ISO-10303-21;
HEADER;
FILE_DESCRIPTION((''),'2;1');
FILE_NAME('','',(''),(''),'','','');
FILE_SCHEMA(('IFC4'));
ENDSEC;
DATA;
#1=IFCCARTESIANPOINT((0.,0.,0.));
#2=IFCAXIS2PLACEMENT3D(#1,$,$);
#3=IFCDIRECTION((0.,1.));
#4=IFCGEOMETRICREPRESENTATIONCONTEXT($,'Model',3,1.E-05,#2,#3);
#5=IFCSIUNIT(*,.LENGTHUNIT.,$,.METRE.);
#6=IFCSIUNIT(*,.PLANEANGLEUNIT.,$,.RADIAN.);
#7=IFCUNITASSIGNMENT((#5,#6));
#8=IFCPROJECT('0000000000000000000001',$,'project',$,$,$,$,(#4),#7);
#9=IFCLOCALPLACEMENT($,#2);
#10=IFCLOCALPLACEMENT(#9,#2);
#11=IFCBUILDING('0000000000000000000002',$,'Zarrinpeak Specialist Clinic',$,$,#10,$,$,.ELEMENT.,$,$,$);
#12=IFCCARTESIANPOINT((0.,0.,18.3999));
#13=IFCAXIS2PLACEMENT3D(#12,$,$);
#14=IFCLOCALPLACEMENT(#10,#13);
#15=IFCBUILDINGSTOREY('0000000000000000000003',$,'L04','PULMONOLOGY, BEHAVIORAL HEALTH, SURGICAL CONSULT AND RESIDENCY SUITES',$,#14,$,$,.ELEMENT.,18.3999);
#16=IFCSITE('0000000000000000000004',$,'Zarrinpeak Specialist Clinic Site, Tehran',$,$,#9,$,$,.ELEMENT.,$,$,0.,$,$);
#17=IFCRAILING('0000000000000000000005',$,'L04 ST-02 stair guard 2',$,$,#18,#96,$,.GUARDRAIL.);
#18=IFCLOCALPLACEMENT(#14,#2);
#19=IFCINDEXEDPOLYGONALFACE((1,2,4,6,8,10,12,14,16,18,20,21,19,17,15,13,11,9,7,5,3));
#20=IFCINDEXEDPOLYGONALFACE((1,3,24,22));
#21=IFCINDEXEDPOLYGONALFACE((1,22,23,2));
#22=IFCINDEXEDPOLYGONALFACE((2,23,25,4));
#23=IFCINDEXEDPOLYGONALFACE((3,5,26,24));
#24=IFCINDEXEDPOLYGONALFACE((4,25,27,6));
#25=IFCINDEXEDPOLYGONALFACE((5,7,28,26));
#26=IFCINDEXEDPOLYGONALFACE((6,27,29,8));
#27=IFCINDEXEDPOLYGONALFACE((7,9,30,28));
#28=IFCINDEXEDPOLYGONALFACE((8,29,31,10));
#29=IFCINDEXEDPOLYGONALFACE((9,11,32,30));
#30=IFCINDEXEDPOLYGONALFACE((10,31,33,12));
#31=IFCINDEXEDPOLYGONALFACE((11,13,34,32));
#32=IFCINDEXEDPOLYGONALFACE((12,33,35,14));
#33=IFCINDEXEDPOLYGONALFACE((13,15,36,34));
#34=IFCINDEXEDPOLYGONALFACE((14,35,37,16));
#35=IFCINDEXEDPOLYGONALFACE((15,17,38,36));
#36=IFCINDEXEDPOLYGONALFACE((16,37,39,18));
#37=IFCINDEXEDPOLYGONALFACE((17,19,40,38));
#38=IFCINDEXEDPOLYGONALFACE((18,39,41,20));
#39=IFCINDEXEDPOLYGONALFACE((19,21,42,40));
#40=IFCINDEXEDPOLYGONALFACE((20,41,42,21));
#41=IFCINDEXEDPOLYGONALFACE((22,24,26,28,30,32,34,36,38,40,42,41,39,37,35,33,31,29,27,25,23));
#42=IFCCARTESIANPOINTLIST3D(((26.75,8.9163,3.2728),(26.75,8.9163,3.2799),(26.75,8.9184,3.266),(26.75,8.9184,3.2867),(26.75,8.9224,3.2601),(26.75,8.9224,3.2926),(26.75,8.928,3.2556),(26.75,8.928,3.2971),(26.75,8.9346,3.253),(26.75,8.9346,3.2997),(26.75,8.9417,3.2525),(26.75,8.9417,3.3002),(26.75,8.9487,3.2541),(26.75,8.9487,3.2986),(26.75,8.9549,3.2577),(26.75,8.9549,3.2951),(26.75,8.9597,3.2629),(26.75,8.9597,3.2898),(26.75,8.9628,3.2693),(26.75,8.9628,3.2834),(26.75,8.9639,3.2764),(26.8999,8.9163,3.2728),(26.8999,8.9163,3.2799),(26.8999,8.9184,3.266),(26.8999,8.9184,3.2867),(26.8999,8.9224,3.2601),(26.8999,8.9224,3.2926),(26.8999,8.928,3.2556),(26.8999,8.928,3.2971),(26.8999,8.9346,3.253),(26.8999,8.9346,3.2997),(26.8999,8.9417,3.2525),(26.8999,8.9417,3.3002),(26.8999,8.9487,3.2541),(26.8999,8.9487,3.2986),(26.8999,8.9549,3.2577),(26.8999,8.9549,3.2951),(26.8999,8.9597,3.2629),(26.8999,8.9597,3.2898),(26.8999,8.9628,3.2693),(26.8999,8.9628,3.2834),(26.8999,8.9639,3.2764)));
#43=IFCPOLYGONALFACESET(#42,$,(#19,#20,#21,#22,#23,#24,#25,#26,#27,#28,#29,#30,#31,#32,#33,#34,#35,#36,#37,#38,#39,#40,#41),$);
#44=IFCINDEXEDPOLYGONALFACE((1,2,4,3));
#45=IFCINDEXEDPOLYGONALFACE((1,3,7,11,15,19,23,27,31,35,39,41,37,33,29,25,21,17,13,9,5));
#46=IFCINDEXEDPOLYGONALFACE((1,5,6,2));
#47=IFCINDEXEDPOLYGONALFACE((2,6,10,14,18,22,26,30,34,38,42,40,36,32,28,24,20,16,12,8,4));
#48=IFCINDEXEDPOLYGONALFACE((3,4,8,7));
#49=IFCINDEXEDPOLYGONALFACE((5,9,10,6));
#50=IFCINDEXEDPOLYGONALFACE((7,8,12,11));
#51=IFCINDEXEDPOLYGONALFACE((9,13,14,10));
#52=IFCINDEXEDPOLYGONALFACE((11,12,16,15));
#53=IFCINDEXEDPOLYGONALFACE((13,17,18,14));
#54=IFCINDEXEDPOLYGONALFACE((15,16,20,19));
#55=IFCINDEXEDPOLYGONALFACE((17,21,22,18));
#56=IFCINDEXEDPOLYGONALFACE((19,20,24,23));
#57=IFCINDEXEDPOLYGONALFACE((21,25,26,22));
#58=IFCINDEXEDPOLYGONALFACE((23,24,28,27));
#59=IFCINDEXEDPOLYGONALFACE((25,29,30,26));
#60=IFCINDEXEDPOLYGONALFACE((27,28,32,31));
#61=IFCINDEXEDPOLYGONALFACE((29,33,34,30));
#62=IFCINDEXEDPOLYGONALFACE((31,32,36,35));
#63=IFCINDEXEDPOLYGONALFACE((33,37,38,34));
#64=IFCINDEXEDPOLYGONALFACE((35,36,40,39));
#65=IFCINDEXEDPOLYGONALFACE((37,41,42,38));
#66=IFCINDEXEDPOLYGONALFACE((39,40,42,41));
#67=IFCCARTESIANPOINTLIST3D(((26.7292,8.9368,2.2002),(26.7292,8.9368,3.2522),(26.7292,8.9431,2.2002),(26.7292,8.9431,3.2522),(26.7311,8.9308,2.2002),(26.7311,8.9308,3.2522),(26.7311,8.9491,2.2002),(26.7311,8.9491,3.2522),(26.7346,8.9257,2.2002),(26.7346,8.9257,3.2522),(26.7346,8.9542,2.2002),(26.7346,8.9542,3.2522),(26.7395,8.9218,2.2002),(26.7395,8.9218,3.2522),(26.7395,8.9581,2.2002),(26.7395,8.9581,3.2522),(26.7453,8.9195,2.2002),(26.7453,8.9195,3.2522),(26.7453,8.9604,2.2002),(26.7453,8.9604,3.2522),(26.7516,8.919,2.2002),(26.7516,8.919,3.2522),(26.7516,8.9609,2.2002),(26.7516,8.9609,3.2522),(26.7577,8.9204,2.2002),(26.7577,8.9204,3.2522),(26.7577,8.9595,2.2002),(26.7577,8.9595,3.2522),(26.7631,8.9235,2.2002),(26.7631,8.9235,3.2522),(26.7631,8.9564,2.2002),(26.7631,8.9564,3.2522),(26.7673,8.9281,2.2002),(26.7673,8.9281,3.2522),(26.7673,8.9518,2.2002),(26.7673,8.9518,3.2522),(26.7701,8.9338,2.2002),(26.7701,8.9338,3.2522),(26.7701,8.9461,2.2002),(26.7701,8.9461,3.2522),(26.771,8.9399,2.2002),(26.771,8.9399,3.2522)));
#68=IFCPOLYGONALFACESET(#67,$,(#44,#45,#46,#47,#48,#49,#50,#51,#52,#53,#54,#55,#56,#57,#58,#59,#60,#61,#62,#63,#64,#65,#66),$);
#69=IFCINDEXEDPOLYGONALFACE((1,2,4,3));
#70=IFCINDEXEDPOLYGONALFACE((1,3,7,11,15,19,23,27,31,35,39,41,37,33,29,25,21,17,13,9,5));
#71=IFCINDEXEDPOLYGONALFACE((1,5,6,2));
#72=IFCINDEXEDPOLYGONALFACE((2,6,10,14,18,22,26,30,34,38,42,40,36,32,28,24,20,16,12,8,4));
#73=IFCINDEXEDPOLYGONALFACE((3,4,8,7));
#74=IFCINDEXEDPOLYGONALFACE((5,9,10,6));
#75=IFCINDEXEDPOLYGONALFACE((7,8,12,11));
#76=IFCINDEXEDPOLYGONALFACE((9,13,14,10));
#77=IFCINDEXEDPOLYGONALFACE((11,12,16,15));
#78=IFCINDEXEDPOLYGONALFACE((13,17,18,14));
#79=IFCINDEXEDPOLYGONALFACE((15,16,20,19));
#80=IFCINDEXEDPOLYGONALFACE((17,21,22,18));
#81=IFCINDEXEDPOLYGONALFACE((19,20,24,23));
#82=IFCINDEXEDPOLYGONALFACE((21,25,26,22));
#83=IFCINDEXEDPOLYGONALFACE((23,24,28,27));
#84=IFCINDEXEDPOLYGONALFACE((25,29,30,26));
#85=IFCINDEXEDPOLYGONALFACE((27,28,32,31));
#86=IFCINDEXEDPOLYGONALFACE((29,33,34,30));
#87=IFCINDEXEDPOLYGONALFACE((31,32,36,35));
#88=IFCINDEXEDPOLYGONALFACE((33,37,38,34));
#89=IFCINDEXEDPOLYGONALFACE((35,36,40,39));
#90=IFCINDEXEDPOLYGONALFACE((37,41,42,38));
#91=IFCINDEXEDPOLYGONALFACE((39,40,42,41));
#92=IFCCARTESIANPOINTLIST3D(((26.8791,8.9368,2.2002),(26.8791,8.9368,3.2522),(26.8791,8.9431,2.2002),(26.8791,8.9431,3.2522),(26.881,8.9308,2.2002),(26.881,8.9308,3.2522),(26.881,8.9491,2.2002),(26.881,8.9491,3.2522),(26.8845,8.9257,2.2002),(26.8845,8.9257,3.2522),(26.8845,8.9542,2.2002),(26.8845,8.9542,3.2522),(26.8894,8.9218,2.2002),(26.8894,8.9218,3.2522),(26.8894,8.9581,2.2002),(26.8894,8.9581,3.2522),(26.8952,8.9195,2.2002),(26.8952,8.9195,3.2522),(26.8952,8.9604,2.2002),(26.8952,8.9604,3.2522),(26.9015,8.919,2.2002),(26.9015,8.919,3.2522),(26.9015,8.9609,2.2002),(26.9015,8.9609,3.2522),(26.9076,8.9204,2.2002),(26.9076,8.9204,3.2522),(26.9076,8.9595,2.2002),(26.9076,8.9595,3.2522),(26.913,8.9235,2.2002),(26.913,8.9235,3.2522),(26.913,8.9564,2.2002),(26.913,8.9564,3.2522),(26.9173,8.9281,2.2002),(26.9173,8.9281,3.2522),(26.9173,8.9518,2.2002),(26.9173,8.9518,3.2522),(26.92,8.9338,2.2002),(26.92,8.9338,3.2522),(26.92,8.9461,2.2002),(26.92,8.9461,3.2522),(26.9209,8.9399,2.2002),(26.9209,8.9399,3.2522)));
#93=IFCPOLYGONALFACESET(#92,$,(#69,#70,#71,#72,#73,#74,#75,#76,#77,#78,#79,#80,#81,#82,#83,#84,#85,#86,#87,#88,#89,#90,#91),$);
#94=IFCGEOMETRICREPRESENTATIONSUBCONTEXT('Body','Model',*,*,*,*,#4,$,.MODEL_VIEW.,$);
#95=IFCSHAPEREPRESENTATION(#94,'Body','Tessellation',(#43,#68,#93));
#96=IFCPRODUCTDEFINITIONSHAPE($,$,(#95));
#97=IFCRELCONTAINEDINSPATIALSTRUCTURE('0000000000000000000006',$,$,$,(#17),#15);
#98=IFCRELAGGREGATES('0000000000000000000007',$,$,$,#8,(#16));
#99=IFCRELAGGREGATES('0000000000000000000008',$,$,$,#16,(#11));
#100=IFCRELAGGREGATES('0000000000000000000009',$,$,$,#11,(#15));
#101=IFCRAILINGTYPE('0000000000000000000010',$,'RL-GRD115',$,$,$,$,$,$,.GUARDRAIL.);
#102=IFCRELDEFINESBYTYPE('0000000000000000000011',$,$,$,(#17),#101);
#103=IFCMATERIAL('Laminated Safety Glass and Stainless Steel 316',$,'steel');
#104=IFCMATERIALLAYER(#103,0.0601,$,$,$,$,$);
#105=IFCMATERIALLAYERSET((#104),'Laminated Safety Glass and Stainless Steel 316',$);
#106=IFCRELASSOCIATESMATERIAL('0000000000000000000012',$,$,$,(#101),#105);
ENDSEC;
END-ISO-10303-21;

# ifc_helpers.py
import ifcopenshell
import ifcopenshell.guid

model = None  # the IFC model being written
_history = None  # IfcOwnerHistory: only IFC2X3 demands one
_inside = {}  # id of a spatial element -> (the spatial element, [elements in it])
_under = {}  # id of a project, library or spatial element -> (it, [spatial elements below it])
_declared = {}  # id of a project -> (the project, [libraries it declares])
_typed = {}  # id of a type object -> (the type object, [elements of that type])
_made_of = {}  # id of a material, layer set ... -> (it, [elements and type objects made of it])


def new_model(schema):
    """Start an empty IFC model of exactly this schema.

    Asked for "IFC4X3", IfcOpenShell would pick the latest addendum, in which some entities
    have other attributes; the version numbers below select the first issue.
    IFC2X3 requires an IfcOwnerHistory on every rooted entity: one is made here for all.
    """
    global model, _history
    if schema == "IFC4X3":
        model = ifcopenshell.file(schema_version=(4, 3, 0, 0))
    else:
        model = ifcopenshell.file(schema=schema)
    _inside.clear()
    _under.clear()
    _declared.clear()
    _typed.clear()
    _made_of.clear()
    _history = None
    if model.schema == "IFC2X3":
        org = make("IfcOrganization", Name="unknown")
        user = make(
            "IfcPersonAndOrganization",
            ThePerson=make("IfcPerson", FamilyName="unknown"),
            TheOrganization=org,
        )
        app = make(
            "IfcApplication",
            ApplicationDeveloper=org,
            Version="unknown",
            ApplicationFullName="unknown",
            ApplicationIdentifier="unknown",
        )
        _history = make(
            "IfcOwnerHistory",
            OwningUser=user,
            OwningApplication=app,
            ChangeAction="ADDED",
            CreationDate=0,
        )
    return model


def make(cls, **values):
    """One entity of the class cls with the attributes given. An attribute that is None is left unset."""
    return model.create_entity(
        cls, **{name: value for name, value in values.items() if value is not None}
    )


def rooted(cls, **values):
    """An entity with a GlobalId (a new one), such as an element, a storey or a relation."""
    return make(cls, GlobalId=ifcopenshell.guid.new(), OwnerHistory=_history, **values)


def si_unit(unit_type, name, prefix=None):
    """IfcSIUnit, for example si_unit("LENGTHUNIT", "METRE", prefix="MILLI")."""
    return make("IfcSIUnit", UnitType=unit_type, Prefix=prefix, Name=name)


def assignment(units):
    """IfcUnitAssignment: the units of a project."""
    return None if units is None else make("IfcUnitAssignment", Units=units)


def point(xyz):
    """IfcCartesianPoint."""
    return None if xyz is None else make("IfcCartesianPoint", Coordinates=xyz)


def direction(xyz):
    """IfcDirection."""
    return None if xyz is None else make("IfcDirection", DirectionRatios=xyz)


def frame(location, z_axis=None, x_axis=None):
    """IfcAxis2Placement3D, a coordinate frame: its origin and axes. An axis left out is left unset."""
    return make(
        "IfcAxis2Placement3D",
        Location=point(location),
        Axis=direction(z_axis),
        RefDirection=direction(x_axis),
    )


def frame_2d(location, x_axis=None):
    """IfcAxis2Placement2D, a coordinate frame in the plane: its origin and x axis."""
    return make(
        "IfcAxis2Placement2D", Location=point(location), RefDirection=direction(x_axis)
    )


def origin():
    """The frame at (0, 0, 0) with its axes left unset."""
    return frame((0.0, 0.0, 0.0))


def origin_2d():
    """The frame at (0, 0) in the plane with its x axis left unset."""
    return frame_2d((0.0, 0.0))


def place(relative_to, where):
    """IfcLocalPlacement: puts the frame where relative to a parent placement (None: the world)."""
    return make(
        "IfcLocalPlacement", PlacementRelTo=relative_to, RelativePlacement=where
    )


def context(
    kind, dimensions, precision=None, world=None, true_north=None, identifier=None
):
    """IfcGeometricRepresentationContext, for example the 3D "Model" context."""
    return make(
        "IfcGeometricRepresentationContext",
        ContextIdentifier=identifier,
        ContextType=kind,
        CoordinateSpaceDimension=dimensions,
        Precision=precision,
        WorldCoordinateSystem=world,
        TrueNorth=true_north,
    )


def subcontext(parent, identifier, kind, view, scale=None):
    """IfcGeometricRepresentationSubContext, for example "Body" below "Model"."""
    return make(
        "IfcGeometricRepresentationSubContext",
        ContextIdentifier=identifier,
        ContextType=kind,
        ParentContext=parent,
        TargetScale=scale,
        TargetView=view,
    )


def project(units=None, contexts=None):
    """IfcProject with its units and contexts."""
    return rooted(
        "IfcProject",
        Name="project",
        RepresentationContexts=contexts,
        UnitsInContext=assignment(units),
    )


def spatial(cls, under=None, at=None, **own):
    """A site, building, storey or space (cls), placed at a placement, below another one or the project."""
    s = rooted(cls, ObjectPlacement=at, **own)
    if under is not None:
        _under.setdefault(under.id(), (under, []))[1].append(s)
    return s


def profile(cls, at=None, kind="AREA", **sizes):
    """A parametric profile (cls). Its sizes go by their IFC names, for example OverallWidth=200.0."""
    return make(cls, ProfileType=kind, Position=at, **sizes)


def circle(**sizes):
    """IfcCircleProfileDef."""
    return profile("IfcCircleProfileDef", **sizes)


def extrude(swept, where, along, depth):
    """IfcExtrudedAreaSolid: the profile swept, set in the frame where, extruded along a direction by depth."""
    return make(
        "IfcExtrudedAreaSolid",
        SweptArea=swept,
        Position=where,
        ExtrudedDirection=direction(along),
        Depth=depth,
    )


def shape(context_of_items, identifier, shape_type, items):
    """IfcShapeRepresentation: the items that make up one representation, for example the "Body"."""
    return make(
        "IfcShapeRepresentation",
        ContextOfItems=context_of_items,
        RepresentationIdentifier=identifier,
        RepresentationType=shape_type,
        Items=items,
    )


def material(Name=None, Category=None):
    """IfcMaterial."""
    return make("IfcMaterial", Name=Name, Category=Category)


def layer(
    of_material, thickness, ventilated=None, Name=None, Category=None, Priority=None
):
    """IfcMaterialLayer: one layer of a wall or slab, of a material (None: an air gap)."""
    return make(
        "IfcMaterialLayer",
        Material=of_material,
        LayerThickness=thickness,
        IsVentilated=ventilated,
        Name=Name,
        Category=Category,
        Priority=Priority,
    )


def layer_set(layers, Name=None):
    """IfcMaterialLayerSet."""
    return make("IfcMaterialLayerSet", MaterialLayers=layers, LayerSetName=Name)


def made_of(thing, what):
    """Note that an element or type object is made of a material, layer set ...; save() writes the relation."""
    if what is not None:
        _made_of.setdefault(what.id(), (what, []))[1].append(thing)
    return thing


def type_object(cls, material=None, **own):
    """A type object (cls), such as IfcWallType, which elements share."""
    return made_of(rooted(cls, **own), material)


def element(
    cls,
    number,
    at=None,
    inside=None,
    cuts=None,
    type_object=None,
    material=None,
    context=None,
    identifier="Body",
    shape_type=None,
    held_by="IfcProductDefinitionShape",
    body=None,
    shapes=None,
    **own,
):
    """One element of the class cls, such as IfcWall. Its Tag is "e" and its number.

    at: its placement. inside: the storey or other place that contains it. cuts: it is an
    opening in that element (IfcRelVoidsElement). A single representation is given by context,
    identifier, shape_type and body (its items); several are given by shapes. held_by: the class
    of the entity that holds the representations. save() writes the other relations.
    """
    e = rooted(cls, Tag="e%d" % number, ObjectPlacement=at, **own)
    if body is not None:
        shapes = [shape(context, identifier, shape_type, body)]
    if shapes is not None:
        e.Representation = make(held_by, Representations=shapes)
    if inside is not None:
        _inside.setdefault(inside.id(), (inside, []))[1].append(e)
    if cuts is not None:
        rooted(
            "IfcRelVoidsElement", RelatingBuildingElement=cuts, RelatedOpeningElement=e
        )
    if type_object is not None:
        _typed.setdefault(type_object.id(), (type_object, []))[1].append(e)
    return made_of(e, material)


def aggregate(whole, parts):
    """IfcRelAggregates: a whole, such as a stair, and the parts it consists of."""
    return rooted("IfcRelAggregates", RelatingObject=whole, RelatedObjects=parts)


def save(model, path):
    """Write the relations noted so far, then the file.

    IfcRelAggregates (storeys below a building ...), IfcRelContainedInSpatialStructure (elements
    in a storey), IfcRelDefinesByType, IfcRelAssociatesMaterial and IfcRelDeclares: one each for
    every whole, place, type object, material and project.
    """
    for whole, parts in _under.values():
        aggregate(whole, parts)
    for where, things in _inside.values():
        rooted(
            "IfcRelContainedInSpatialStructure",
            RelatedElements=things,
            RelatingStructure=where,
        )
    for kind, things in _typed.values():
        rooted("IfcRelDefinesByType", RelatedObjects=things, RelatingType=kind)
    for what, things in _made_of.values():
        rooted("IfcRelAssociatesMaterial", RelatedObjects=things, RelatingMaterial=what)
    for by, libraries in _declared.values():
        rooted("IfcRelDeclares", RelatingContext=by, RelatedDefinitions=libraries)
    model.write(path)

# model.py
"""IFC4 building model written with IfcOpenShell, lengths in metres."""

from ifc_helpers import new_model, si_unit, direction, frame, origin, origin_2d, place, context, subcontext, project, spatial, circle, extrude, material, layer, layer_set, type_object, element, save


model = new_model("IFC4")

# Units and contexts
model_context = context("Model", 3, precision=1e-05, world=origin(), true_north=direction((0.0, 1.0)))
body_context = subcontext(model_context, "Body", "Model", "MODEL_VIEW")
ifc_project = project(units=[si_unit("LENGTHUNIT", "METRE"), si_unit("PLANEANGLEUNIT", "RADIAN")], contexts=[model_context])

# Site, building, storey
site_placement = place(None, origin())
site = spatial("IfcSite", under=ifc_project, at=site_placement, Name="Zarrinpeak Specialist Clinic Site, Tehran", CompositionType="ELEMENT", RefElevation=0.0)
building_placement = place(site_placement, origin())
building = spatial("IfcBuilding", under=site, at=building_placement, Name="Zarrinpeak Specialist Clinic", CompositionType="ELEMENT")
storey_placement = place(building_placement, frame((0.0, 0.0, 18.3999)))
storey = spatial("IfcBuildingStorey", under=building, at=storey_placement, Name="L04", Description="PULMONOLOGY, BEHAVIORAL HEALTH, SURGICAL CONSULT AND RESIDENCY SUITES", CompositionType="ELEMENT", Elevation=18.3999)

# Railing
ifc_material_1 = material(Name="Laminated Safety Glass and Stainless Steel 316", Category="steel")
ifc_layer_1 = layer(ifc_material_1, 0.0601)
ifc_layer_set_1 = layer_set([ifc_layer_1], Name="Laminated Safety Glass and Stainless Steel 316")
railing_type_1 = type_object("IfcRailingType", Name="RL-GRD115", PredefinedType="GUARDRAIL", material=ifc_layer_set_1)
railing_1_placement = place(storey_placement, frame((26.75, 8.9399, 2.2002)))
element("IfcRailing", 1, at=railing_1_placement, inside=storey, type_object=railing_type_1, Name="L04 ST-02 stair guard 2", PredefinedType="GUARDRAIL", context=body_context, shape_type="SweptSolid", body=[
    extrude(circle(Radius=0.0239, at=origin_2d()), frame((0.0, 0.0, 1.0762), z_axis=(1.0, 0.0, 0.0), x_axis=(0.0, 1.0, 0.0)), (0.0, 0.0, 1.0), 0.1499),
    extrude(circle(Radius=0.021, at=origin_2d()), origin(), (0.0, 0.0, 1.0), 1.052),
    extrude(circle(Radius=0.021, at=origin_2d()), frame((0.1499, 0.0, 0.0)), (0.0, 0.0, 1.0), 1.052),
])

save(model, "model.ifc")
